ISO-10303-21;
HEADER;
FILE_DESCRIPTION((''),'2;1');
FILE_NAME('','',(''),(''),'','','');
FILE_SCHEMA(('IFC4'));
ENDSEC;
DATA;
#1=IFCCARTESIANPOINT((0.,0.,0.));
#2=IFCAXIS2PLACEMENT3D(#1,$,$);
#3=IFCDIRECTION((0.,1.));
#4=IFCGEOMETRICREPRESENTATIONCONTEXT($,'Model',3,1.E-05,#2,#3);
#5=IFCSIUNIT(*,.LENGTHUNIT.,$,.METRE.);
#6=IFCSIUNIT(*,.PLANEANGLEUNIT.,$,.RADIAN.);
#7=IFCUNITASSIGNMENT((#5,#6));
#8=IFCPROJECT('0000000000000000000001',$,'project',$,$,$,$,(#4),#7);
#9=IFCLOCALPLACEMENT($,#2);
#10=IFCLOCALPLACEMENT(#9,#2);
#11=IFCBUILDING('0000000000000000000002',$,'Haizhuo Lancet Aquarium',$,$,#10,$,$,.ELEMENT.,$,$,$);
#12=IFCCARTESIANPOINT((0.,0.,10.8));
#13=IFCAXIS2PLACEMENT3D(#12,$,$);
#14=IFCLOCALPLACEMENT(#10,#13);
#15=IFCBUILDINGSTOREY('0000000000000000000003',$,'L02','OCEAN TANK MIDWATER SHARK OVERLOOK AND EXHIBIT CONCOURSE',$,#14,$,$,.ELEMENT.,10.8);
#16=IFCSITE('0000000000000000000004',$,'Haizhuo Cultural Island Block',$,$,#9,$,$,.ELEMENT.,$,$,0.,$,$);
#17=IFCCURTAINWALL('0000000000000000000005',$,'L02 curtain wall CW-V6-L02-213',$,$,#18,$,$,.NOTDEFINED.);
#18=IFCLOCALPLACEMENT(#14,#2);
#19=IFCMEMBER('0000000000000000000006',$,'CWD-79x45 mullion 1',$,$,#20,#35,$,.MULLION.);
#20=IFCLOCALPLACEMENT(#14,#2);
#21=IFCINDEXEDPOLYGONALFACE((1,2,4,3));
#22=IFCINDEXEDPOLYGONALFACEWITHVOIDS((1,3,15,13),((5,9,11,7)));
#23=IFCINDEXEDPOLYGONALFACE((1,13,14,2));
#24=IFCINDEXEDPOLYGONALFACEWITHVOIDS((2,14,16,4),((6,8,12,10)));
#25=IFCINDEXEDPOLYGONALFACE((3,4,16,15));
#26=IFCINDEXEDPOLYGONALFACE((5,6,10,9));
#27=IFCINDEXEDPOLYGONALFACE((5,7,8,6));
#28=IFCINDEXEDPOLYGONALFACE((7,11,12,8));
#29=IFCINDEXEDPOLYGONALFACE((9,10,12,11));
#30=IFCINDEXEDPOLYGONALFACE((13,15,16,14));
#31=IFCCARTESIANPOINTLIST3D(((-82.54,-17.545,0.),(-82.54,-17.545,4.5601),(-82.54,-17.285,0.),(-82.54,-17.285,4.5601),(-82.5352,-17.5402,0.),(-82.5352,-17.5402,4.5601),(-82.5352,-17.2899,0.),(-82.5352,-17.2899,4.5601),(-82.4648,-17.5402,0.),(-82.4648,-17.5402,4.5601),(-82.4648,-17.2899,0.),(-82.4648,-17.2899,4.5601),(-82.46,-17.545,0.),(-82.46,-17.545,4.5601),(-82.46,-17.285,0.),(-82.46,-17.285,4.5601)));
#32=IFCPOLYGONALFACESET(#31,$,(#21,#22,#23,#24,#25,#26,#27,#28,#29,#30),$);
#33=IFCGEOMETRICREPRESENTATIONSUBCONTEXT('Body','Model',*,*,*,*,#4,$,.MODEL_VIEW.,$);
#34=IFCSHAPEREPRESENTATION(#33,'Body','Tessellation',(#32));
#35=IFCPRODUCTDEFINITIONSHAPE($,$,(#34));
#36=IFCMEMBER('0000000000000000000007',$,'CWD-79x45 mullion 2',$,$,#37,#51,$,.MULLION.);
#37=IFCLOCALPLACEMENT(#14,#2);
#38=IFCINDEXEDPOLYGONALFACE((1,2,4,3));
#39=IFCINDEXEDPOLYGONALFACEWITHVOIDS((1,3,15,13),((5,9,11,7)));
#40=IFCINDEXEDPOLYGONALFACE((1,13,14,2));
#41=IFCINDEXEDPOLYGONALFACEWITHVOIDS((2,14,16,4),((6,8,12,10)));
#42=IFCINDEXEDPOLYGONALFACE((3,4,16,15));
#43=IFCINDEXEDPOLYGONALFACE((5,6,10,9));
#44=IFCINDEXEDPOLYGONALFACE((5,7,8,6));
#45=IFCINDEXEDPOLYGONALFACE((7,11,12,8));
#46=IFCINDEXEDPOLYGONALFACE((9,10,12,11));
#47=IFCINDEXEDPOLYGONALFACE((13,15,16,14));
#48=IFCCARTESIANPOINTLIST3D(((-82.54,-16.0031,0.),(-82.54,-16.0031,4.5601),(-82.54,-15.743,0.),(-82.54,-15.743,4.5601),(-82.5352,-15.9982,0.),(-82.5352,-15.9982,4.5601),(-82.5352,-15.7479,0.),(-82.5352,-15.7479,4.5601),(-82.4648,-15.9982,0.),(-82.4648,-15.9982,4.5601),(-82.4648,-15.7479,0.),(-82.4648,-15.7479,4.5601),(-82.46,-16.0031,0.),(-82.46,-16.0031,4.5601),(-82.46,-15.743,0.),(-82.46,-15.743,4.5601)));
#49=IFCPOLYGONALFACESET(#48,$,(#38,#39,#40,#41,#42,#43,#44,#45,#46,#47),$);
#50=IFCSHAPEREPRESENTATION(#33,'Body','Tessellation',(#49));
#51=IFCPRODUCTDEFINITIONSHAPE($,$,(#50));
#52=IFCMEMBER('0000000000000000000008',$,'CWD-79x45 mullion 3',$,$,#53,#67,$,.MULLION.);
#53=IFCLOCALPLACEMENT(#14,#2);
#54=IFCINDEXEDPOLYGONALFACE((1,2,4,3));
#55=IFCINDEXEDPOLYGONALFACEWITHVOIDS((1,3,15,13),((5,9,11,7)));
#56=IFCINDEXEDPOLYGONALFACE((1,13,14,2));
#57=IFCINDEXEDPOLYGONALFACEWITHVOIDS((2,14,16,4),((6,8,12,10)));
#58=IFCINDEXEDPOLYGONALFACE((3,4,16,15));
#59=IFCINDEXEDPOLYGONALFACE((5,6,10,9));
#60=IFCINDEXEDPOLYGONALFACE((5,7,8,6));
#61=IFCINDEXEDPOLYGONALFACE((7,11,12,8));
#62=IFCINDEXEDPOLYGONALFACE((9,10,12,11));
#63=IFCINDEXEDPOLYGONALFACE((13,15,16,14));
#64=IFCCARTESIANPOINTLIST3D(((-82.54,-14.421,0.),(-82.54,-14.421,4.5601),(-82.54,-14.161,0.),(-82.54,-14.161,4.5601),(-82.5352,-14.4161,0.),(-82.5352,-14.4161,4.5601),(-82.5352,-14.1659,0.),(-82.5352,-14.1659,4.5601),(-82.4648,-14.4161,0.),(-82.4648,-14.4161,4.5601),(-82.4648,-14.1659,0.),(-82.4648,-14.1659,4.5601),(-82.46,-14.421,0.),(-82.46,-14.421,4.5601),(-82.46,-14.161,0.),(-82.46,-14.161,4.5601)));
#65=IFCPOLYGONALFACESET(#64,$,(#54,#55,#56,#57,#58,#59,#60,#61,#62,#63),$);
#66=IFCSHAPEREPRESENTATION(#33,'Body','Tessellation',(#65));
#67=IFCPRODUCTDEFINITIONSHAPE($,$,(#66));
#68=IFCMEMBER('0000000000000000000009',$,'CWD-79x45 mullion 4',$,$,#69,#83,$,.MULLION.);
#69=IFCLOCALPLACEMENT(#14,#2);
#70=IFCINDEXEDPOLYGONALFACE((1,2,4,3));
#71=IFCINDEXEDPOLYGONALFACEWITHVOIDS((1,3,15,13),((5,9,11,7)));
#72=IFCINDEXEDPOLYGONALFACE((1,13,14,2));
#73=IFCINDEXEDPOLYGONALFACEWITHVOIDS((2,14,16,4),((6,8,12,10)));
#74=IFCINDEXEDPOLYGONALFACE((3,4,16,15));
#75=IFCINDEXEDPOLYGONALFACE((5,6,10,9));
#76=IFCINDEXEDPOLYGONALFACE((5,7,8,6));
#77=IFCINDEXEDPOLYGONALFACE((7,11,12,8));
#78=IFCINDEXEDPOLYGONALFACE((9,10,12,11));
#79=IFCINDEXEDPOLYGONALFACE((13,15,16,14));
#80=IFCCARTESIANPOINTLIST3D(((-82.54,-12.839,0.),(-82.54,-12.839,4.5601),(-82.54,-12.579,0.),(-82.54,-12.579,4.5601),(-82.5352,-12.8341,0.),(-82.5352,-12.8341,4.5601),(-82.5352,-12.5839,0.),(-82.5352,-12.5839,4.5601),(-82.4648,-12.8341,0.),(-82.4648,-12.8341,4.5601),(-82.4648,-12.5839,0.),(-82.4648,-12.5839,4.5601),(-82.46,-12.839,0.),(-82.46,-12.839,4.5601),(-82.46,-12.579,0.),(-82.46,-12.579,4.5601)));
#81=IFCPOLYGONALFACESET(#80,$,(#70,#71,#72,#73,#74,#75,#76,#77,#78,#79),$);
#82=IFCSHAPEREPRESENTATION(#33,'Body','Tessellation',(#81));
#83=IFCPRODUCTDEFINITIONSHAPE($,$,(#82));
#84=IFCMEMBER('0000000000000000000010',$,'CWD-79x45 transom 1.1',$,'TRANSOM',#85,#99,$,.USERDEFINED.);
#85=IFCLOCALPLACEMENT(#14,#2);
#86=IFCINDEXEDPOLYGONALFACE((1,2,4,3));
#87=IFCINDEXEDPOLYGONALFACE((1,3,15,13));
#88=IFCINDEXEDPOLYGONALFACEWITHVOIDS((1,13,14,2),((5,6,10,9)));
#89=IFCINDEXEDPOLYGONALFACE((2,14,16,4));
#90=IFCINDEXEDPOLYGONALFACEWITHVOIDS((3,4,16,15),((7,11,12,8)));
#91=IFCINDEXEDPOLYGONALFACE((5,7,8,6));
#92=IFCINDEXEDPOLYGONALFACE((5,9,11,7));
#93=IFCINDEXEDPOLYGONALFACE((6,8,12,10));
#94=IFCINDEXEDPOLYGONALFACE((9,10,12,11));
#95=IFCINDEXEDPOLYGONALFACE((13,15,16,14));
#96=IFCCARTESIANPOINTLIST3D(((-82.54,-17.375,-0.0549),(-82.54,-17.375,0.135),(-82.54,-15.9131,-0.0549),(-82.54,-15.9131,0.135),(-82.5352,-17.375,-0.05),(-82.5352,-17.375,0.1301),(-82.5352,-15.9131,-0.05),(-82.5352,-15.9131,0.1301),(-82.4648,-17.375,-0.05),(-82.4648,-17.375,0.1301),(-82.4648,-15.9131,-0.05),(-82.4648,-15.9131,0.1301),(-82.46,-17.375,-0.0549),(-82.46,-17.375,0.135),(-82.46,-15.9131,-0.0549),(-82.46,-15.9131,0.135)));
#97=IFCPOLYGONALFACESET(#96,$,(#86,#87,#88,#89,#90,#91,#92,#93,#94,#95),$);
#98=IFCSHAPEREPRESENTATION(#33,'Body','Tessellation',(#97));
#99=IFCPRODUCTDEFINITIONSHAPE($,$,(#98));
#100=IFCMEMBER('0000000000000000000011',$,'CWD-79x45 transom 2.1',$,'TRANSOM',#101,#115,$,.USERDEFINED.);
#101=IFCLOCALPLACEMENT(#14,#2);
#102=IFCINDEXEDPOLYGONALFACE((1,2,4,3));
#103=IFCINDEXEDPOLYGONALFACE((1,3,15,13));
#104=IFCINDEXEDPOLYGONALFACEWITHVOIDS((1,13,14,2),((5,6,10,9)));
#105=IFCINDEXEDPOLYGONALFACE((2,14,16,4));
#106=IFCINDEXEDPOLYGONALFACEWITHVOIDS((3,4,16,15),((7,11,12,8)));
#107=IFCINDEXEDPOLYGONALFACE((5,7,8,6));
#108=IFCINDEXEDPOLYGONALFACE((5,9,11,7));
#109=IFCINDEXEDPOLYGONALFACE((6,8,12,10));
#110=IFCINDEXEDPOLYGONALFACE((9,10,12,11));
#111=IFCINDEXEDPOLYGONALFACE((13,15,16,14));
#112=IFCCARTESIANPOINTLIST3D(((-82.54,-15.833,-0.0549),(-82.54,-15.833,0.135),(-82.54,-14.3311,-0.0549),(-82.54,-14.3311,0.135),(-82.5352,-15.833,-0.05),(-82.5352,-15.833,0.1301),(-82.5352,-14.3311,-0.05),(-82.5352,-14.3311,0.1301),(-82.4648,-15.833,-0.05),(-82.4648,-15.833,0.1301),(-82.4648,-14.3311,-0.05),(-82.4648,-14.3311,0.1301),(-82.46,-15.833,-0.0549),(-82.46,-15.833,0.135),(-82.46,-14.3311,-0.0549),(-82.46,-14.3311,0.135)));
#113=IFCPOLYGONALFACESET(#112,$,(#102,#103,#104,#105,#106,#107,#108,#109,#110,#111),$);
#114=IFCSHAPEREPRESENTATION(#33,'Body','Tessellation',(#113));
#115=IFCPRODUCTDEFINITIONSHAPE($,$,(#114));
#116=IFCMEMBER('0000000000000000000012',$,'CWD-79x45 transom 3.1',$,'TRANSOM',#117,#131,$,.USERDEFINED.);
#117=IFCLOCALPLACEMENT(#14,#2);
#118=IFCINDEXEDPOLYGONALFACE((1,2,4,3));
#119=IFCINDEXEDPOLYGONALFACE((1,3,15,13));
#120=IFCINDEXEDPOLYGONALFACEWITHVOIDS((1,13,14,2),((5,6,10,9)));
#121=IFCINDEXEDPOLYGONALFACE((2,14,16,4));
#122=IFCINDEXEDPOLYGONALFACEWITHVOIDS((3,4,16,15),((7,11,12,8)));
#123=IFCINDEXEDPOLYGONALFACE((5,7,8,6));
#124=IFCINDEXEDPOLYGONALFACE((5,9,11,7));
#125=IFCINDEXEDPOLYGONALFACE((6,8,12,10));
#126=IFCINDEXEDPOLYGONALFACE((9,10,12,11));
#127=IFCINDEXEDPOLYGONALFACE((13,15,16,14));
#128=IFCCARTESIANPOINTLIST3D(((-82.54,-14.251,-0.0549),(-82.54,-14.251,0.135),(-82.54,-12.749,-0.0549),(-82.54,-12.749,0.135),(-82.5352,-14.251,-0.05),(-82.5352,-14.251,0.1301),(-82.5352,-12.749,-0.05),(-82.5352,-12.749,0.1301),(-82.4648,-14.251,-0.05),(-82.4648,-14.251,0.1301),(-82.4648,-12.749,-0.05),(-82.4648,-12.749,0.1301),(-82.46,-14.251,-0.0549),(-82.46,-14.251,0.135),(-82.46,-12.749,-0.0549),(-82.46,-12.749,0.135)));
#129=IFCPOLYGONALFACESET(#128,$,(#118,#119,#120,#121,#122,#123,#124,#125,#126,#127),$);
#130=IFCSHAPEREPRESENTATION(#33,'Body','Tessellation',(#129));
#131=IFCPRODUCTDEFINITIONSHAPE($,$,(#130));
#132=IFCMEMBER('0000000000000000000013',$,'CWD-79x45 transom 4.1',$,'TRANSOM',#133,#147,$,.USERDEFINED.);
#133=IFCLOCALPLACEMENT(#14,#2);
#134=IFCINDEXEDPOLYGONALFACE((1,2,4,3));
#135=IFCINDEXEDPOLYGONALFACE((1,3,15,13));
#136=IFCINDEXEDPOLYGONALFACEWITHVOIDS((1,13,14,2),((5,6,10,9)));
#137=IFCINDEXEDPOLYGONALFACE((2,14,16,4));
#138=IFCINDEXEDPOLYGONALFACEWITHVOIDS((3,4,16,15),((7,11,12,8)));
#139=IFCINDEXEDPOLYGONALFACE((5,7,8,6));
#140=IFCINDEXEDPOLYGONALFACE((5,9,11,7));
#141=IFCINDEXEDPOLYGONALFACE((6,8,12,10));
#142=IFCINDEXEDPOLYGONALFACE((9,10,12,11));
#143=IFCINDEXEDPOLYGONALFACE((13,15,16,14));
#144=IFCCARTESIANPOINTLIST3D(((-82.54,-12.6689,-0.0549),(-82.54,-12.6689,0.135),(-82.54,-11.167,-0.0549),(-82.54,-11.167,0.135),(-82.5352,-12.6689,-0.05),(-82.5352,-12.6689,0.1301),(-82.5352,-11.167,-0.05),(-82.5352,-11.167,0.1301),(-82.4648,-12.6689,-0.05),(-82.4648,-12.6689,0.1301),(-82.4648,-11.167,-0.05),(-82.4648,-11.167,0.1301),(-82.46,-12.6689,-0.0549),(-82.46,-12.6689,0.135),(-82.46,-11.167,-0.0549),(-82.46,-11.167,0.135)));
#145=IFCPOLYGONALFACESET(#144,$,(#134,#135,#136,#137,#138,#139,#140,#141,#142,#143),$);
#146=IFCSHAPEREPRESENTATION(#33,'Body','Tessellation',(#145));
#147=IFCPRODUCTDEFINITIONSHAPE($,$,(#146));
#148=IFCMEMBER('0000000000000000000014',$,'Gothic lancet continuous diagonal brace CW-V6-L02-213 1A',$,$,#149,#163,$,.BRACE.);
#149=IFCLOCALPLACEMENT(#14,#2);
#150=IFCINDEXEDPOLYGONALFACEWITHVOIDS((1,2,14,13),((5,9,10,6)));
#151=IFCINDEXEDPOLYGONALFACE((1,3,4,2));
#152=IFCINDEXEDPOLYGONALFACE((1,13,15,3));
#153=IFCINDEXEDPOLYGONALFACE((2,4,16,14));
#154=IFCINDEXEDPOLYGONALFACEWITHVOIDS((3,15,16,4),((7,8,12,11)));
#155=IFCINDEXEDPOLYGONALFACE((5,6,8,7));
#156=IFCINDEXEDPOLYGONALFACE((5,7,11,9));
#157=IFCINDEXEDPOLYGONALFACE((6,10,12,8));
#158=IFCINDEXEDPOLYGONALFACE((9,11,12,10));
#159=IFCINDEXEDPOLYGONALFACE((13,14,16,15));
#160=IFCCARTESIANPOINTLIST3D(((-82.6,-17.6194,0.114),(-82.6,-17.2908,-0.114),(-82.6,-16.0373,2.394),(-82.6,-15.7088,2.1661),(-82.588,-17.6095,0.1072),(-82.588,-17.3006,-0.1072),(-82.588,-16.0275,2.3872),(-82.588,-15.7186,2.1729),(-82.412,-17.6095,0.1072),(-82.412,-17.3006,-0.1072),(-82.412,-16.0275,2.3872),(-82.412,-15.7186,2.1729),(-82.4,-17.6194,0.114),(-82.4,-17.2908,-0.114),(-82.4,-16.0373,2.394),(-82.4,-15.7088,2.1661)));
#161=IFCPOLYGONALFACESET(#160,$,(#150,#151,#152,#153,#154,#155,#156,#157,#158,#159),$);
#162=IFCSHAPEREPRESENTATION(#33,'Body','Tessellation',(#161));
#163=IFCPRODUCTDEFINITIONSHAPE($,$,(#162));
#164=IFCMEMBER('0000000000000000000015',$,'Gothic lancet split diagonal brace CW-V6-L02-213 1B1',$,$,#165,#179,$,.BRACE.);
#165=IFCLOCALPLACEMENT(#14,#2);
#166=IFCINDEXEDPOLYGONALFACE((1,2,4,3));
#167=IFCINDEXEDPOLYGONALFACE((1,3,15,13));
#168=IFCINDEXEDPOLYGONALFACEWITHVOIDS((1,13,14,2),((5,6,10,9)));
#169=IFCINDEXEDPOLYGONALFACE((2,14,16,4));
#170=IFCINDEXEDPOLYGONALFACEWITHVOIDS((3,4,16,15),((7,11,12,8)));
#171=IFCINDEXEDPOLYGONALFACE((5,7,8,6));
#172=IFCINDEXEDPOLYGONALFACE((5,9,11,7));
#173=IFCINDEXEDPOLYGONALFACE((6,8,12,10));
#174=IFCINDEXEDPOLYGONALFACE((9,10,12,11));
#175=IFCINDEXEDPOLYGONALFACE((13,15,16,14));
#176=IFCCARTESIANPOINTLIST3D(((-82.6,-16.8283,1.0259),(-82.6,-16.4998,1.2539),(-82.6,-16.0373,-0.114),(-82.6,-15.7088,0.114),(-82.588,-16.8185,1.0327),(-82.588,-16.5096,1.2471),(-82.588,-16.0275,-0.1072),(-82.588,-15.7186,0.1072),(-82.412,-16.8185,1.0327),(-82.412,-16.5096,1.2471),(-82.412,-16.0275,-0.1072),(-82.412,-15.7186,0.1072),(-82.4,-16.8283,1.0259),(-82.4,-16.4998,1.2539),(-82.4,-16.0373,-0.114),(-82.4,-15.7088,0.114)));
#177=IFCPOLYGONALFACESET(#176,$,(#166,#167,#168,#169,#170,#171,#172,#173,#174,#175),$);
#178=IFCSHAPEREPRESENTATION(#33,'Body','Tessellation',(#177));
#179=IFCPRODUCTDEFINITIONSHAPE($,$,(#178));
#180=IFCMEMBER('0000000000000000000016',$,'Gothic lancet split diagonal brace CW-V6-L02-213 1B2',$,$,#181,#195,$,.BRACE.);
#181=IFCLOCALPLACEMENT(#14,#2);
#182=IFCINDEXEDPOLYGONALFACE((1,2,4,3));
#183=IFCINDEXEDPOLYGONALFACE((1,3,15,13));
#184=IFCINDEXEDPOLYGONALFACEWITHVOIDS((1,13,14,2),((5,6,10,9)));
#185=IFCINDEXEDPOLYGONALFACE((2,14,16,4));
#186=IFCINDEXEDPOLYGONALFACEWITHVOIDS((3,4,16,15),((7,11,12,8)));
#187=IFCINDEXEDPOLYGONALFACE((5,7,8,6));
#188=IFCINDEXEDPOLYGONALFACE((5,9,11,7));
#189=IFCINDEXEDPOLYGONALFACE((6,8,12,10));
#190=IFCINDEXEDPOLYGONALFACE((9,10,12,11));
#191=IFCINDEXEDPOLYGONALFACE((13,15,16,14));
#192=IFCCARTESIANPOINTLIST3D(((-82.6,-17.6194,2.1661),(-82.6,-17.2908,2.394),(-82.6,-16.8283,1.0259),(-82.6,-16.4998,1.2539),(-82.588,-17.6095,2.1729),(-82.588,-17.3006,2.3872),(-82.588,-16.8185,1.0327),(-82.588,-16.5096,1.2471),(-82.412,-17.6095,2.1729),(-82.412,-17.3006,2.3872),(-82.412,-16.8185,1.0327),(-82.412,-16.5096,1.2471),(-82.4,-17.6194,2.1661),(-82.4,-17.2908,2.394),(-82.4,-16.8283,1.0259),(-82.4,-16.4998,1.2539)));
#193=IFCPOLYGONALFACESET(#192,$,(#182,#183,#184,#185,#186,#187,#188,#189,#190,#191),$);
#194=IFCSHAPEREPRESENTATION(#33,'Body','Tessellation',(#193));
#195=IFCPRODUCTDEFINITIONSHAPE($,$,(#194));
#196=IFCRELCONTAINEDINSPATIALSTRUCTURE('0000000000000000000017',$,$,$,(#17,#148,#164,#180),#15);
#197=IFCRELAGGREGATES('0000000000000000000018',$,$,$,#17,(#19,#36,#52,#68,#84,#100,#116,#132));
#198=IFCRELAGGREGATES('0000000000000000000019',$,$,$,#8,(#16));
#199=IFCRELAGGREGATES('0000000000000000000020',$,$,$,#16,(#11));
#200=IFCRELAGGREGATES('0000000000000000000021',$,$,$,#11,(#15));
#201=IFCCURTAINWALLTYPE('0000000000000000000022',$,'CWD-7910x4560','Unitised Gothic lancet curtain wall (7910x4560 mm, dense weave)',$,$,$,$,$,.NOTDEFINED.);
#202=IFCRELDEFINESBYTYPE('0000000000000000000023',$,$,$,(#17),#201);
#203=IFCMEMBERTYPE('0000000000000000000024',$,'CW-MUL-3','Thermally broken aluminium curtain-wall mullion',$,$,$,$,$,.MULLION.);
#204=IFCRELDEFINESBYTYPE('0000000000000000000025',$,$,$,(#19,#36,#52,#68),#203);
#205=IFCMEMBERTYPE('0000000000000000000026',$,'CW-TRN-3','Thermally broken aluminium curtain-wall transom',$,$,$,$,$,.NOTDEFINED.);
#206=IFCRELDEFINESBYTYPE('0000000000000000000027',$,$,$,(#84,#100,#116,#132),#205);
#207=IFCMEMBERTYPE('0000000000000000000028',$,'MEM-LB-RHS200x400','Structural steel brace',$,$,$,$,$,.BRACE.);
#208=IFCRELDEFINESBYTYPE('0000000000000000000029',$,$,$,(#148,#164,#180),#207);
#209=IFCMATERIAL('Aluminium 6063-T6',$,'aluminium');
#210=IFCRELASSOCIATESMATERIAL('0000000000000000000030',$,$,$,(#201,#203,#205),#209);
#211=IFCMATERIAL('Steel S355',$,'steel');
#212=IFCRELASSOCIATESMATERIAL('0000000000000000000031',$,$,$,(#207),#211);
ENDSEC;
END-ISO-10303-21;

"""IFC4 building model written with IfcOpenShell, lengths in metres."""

from ifc_helpers import new_model, si_unit, direction, frame, origin, origin_2d, place, context, subcontext, project, spatial, hollow_rectangle, extrude, material, material_profile, profile_set, type_object, element, aggregate, save


model = new_model("IFC4")

# Units and contexts
model_context = context("Model", 3, precision=1e-05, world=origin(), true_north=direction((0.0, 1.0)))
body_context = subcontext(model_context, "Body", "Model", "MODEL_VIEW")
ifc_project = project(units=[si_unit("LENGTHUNIT", "METRE"), si_unit("PLANEANGLEUNIT", "RADIAN")], contexts=[model_context])

# Site, building, storey
site_placement = place(None, origin())
site = spatial("IfcSite", under=ifc_project, at=site_placement, Name="Haizhuo Cultural Island Block", CompositionType="ELEMENT", RefElevation=0.0)
building_placement = place(site_placement, origin())
building = spatial("IfcBuilding", under=site, at=building_placement, Name="Haizhuo Lancet Aquarium", CompositionType="ELEMENT")
storey_placement = place(building_placement, frame((0.0, 0.0, 10.8)))
storey = spatial("IfcBuildingStorey", under=building, at=storey_placement, Name="L02", Description="OCEAN TANK MIDWATER SHARK OVERLOOK AND EXHIBIT CONCOURSE", CompositionType="ELEMENT", Elevation=10.8)

# Curtain wall, members
ifc_material_1 = material(Name="Aluminium 6063-T6", Category="aluminium")
curtain_wall_type = type_object("IfcCurtainWallType", Name="CWD-7910x4560", Description="Unitised Gothic lancet curtain wall (7910x4560 mm, dense weave)", PredefinedType="NOTDEFINED", material=ifc_material_1)
curtain_wall_placement = place(storey_placement, origin())
curtain_wall = element("IfcCurtainWall", 1, at=curtain_wall_placement, inside=storey, type_object=curtain_wall_type, Name="L02 curtain wall CW-V6-L02-213", PredefinedType="NOTDEFINED")
ifc_material_profile_1 = material_profile(ifc_material_1, hollow_rectangle(XDim=0.0801, YDim=0.26, WallThickness=0.0049, at=origin_2d()), Name="ALU-M 80x260x5")
ifc_profile_set_1 = profile_set([ifc_material_profile_1], Name="Aluminium 6063-T6")
member_type_1 = type_object("IfcMemberType", Name="CW-MUL-3", Description="Thermally broken aluminium curtain-wall mullion", PredefinedType="MULLION", material=ifc_profile_set_1)
member_1_placement = place(storey_placement, frame((-82.5, -17.415, 0.0), z_axis=(0.0, 0.0, 1.0), x_axis=(-1.0, 0.0, 0.0)))
member_1 = element("IfcMember", 2, at=member_1_placement, type_object=member_type_1, Name="CWD-79x45 mullion 1", PredefinedType="MULLION", context=body_context, shape_type="SweptSolid", body=[
    extrude(hollow_rectangle(XDim=0.0801, YDim=0.26, WallThickness=0.0049, at=origin_2d()), origin(), (0.0, 0.0, 1.0), 4.5601),
])
member_2_placement = place(storey_placement, frame((-82.5, -15.873, 0.0), z_axis=(0.0, 0.0, 1.0), x_axis=(-1.0, 0.0, 0.0)))
member_2 = element("IfcMember", 3, at=member_2_placement, type_object=member_type_1, Name="CWD-79x45 mullion 2", PredefinedType="MULLION", context=body_context, shape_type="SweptSolid", body=[
    extrude(hollow_rectangle(XDim=0.0801, YDim=0.26, WallThickness=0.0049, at=origin_2d()), origin(), (0.0, 0.0, 1.0), 4.5601),
])
member_3_placement = place(storey_placement, frame((-82.5, -14.291, 0.0), z_axis=(0.0, 0.0, 1.0), x_axis=(-1.0, 0.0, 0.0)))
member_3 = element("IfcMember", 4, at=member_3_placement, type_object=member_type_1, Name="CWD-79x45 mullion 3", PredefinedType="MULLION", context=body_context, shape_type="SweptSolid", body=[
    extrude(hollow_rectangle(XDim=0.0801, YDim=0.26, WallThickness=0.0049, at=origin_2d()), origin(), (0.0, 0.0, 1.0), 4.5601),
])
member_4_placement = place(storey_placement, frame((-82.5, -12.709, 0.0), z_axis=(0.0, 0.0, 1.0), x_axis=(-1.0, 0.0, 0.0)))
member_4 = element("IfcMember", 5, at=member_4_placement, type_object=member_type_1, Name="CWD-79x45 mullion 4", PredefinedType="MULLION", context=body_context, shape_type="SweptSolid", body=[
    extrude(hollow_rectangle(XDim=0.0801, YDim=0.26, WallThickness=0.0049, at=origin_2d()), origin(), (0.0, 0.0, 1.0), 4.5601),
])
ifc_material_profile_2 = material_profile(ifc_material_1, hollow_rectangle(XDim=0.0801, YDim=0.1899, WallThickness=0.0049, at=origin_2d()), Name="ALU-T 80x190x5")
ifc_profile_set_2 = profile_set([ifc_material_profile_2], Name="Aluminium 6063-T6")
member_type_2 = type_object("IfcMemberType", Name="CW-TRN-3", Description="Thermally broken aluminium curtain-wall transom", PredefinedType="NOTDEFINED", material=ifc_profile_set_2)
member_5_placement = place(storey_placement, frame((-82.5, -17.375, 0.04), z_axis=(0.0, 1.0, 0.0), x_axis=(-1.0, 0.0, 0.0)))
member_5 = element("IfcMember", 6, at=member_5_placement, type_object=member_type_2, Name="CWD-79x45 transom 1.1", ObjectType="TRANSOM", PredefinedType="USERDEFINED", context=body_context, shape_type="SweptSolid", body=[
    extrude(hollow_rectangle(XDim=0.0801, YDim=0.1899, WallThickness=0.0049, at=origin_2d()), origin(), (0.0, 0.0, 1.0), 1.4619),
])
member_6_placement = place(storey_placement, frame((-82.5, -15.833, 0.04), z_axis=(0.0, 1.0, 0.0), x_axis=(-1.0, 0.0, 0.0)))
member_6 = element("IfcMember", 7, at=member_6_placement, type_object=member_type_2, Name="CWD-79x45 transom 2.1", ObjectType="TRANSOM", PredefinedType="USERDEFINED", context=body_context, shape_type="SweptSolid", body=[
    extrude(hollow_rectangle(XDim=0.0801, YDim=0.1899, WallThickness=0.0049, at=origin_2d()), origin(), (0.0, 0.0, 1.0), 1.502),
])
member_7_placement = place(storey_placement, frame((-82.5, -14.251, 0.04), z_axis=(0.0, 1.0, 0.0), x_axis=(-1.0, 0.0, 0.0)))
member_7 = element("IfcMember", 8, at=member_7_placement, type_object=member_type_2, Name="CWD-79x45 transom 3.1", ObjectType="TRANSOM", PredefinedType="USERDEFINED", context=body_context, shape_type="SweptSolid", body=[
    extrude(hollow_rectangle(XDim=0.0801, YDim=0.1899, WallThickness=0.0049, at=origin_2d()), origin(), (0.0, 0.0, 1.0), 1.502),
])
member_8_placement = place(storey_placement, frame((-82.5, -12.6689, 0.04), z_axis=(0.0, 1.0, 0.0), x_axis=(-1.0, 0.0, 0.0)))
member_8 = element("IfcMember", 9, at=member_8_placement, type_object=member_type_2, Name="CWD-79x45 transom 4.1", ObjectType="TRANSOM", PredefinedType="USERDEFINED", context=body_context, shape_type="SweptSolid", body=[
    extrude(hollow_rectangle(XDim=0.0801, YDim=0.1899, WallThickness=0.0049, at=origin_2d()), origin(), (0.0, 0.0, 1.0), 1.502),
])

# Members
ifc_material_2 = material(Name="Steel S355", Category="steel")
ifc_material_profile_3 = material_profile(ifc_material_2, hollow_rectangle(XDim=0.2, YDim=0.3999, WallThickness=0.012, at=origin_2d()), Name="RHS 200x400x12")
ifc_profile_set_3 = profile_set([ifc_material_profile_3], Name="Steel S355")
member_type_3 = type_object("IfcMemberType", Name="MEM-LB-RHS200x400", Description="Structural steel brace", PredefinedType="BRACE", material=ifc_profile_set_3)
member_9_placement = place(storey_placement, frame((-82.5, -17.4551, 0.0), z_axis=(0.0, 0.570074, 0.821593), x_axis=(-1.0, 0.0, 0.0)))
element("IfcMember", 10, at=member_9_placement, inside=storey, type_object=member_type_3, Name="Gothic lancet continuous diagonal brace CW-V6-L02-213 1A", PredefinedType="BRACE", context=body_context, shape_type="SweptSolid", body=[
    extrude(hollow_rectangle(XDim=0.2, YDim=0.3999, WallThickness=0.012, at=origin_2d()), origin(), (0.0, 0.0, 1.0), 2.7751),
])
member_10_placement = place(storey_placement, frame((-82.5, -15.873, 0.0), z_axis=(0.0, -0.570115, 0.821565), x_axis=(1.0, 0.0, 0.0)))
element("IfcMember", 11, at=member_10_placement, inside=storey, type_object=member_type_3, Name="Gothic lancet split diagonal brace CW-V6-L02-213 1B1", PredefinedType="BRACE", context=body_context, shape_type="SweptSolid", body=[
    extrude(hollow_rectangle(XDim=0.2, YDim=0.3999, WallThickness=0.012, at=origin_2d()), origin(), (0.0, 0.0, 1.0), 1.3875),
])
member_11_placement = place(storey_placement, frame((-82.5, -16.6641, 1.1399), z_axis=(0.0, -0.570033, 0.821622), x_axis=(1.0, 0.0, 0.0)))
element("IfcMember", 12, at=member_11_placement, inside=storey, type_object=member_type_3, Name="Gothic lancet split diagonal brace CW-V6-L02-213 1B2", PredefinedType="BRACE", context=body_context, shape_type="SweptSolid", body=[
    extrude(hollow_rectangle(XDim=0.2, YDim=0.3999, WallThickness=0.012, at=origin_2d()), origin(), (0.0, 0.0, 1.0), 1.3877),
])

aggregate(curtain_wall, [member_1, member_2, member_3, member_4, member_5, member_6, member_7, member_8])

save(model, "model.ifc")
